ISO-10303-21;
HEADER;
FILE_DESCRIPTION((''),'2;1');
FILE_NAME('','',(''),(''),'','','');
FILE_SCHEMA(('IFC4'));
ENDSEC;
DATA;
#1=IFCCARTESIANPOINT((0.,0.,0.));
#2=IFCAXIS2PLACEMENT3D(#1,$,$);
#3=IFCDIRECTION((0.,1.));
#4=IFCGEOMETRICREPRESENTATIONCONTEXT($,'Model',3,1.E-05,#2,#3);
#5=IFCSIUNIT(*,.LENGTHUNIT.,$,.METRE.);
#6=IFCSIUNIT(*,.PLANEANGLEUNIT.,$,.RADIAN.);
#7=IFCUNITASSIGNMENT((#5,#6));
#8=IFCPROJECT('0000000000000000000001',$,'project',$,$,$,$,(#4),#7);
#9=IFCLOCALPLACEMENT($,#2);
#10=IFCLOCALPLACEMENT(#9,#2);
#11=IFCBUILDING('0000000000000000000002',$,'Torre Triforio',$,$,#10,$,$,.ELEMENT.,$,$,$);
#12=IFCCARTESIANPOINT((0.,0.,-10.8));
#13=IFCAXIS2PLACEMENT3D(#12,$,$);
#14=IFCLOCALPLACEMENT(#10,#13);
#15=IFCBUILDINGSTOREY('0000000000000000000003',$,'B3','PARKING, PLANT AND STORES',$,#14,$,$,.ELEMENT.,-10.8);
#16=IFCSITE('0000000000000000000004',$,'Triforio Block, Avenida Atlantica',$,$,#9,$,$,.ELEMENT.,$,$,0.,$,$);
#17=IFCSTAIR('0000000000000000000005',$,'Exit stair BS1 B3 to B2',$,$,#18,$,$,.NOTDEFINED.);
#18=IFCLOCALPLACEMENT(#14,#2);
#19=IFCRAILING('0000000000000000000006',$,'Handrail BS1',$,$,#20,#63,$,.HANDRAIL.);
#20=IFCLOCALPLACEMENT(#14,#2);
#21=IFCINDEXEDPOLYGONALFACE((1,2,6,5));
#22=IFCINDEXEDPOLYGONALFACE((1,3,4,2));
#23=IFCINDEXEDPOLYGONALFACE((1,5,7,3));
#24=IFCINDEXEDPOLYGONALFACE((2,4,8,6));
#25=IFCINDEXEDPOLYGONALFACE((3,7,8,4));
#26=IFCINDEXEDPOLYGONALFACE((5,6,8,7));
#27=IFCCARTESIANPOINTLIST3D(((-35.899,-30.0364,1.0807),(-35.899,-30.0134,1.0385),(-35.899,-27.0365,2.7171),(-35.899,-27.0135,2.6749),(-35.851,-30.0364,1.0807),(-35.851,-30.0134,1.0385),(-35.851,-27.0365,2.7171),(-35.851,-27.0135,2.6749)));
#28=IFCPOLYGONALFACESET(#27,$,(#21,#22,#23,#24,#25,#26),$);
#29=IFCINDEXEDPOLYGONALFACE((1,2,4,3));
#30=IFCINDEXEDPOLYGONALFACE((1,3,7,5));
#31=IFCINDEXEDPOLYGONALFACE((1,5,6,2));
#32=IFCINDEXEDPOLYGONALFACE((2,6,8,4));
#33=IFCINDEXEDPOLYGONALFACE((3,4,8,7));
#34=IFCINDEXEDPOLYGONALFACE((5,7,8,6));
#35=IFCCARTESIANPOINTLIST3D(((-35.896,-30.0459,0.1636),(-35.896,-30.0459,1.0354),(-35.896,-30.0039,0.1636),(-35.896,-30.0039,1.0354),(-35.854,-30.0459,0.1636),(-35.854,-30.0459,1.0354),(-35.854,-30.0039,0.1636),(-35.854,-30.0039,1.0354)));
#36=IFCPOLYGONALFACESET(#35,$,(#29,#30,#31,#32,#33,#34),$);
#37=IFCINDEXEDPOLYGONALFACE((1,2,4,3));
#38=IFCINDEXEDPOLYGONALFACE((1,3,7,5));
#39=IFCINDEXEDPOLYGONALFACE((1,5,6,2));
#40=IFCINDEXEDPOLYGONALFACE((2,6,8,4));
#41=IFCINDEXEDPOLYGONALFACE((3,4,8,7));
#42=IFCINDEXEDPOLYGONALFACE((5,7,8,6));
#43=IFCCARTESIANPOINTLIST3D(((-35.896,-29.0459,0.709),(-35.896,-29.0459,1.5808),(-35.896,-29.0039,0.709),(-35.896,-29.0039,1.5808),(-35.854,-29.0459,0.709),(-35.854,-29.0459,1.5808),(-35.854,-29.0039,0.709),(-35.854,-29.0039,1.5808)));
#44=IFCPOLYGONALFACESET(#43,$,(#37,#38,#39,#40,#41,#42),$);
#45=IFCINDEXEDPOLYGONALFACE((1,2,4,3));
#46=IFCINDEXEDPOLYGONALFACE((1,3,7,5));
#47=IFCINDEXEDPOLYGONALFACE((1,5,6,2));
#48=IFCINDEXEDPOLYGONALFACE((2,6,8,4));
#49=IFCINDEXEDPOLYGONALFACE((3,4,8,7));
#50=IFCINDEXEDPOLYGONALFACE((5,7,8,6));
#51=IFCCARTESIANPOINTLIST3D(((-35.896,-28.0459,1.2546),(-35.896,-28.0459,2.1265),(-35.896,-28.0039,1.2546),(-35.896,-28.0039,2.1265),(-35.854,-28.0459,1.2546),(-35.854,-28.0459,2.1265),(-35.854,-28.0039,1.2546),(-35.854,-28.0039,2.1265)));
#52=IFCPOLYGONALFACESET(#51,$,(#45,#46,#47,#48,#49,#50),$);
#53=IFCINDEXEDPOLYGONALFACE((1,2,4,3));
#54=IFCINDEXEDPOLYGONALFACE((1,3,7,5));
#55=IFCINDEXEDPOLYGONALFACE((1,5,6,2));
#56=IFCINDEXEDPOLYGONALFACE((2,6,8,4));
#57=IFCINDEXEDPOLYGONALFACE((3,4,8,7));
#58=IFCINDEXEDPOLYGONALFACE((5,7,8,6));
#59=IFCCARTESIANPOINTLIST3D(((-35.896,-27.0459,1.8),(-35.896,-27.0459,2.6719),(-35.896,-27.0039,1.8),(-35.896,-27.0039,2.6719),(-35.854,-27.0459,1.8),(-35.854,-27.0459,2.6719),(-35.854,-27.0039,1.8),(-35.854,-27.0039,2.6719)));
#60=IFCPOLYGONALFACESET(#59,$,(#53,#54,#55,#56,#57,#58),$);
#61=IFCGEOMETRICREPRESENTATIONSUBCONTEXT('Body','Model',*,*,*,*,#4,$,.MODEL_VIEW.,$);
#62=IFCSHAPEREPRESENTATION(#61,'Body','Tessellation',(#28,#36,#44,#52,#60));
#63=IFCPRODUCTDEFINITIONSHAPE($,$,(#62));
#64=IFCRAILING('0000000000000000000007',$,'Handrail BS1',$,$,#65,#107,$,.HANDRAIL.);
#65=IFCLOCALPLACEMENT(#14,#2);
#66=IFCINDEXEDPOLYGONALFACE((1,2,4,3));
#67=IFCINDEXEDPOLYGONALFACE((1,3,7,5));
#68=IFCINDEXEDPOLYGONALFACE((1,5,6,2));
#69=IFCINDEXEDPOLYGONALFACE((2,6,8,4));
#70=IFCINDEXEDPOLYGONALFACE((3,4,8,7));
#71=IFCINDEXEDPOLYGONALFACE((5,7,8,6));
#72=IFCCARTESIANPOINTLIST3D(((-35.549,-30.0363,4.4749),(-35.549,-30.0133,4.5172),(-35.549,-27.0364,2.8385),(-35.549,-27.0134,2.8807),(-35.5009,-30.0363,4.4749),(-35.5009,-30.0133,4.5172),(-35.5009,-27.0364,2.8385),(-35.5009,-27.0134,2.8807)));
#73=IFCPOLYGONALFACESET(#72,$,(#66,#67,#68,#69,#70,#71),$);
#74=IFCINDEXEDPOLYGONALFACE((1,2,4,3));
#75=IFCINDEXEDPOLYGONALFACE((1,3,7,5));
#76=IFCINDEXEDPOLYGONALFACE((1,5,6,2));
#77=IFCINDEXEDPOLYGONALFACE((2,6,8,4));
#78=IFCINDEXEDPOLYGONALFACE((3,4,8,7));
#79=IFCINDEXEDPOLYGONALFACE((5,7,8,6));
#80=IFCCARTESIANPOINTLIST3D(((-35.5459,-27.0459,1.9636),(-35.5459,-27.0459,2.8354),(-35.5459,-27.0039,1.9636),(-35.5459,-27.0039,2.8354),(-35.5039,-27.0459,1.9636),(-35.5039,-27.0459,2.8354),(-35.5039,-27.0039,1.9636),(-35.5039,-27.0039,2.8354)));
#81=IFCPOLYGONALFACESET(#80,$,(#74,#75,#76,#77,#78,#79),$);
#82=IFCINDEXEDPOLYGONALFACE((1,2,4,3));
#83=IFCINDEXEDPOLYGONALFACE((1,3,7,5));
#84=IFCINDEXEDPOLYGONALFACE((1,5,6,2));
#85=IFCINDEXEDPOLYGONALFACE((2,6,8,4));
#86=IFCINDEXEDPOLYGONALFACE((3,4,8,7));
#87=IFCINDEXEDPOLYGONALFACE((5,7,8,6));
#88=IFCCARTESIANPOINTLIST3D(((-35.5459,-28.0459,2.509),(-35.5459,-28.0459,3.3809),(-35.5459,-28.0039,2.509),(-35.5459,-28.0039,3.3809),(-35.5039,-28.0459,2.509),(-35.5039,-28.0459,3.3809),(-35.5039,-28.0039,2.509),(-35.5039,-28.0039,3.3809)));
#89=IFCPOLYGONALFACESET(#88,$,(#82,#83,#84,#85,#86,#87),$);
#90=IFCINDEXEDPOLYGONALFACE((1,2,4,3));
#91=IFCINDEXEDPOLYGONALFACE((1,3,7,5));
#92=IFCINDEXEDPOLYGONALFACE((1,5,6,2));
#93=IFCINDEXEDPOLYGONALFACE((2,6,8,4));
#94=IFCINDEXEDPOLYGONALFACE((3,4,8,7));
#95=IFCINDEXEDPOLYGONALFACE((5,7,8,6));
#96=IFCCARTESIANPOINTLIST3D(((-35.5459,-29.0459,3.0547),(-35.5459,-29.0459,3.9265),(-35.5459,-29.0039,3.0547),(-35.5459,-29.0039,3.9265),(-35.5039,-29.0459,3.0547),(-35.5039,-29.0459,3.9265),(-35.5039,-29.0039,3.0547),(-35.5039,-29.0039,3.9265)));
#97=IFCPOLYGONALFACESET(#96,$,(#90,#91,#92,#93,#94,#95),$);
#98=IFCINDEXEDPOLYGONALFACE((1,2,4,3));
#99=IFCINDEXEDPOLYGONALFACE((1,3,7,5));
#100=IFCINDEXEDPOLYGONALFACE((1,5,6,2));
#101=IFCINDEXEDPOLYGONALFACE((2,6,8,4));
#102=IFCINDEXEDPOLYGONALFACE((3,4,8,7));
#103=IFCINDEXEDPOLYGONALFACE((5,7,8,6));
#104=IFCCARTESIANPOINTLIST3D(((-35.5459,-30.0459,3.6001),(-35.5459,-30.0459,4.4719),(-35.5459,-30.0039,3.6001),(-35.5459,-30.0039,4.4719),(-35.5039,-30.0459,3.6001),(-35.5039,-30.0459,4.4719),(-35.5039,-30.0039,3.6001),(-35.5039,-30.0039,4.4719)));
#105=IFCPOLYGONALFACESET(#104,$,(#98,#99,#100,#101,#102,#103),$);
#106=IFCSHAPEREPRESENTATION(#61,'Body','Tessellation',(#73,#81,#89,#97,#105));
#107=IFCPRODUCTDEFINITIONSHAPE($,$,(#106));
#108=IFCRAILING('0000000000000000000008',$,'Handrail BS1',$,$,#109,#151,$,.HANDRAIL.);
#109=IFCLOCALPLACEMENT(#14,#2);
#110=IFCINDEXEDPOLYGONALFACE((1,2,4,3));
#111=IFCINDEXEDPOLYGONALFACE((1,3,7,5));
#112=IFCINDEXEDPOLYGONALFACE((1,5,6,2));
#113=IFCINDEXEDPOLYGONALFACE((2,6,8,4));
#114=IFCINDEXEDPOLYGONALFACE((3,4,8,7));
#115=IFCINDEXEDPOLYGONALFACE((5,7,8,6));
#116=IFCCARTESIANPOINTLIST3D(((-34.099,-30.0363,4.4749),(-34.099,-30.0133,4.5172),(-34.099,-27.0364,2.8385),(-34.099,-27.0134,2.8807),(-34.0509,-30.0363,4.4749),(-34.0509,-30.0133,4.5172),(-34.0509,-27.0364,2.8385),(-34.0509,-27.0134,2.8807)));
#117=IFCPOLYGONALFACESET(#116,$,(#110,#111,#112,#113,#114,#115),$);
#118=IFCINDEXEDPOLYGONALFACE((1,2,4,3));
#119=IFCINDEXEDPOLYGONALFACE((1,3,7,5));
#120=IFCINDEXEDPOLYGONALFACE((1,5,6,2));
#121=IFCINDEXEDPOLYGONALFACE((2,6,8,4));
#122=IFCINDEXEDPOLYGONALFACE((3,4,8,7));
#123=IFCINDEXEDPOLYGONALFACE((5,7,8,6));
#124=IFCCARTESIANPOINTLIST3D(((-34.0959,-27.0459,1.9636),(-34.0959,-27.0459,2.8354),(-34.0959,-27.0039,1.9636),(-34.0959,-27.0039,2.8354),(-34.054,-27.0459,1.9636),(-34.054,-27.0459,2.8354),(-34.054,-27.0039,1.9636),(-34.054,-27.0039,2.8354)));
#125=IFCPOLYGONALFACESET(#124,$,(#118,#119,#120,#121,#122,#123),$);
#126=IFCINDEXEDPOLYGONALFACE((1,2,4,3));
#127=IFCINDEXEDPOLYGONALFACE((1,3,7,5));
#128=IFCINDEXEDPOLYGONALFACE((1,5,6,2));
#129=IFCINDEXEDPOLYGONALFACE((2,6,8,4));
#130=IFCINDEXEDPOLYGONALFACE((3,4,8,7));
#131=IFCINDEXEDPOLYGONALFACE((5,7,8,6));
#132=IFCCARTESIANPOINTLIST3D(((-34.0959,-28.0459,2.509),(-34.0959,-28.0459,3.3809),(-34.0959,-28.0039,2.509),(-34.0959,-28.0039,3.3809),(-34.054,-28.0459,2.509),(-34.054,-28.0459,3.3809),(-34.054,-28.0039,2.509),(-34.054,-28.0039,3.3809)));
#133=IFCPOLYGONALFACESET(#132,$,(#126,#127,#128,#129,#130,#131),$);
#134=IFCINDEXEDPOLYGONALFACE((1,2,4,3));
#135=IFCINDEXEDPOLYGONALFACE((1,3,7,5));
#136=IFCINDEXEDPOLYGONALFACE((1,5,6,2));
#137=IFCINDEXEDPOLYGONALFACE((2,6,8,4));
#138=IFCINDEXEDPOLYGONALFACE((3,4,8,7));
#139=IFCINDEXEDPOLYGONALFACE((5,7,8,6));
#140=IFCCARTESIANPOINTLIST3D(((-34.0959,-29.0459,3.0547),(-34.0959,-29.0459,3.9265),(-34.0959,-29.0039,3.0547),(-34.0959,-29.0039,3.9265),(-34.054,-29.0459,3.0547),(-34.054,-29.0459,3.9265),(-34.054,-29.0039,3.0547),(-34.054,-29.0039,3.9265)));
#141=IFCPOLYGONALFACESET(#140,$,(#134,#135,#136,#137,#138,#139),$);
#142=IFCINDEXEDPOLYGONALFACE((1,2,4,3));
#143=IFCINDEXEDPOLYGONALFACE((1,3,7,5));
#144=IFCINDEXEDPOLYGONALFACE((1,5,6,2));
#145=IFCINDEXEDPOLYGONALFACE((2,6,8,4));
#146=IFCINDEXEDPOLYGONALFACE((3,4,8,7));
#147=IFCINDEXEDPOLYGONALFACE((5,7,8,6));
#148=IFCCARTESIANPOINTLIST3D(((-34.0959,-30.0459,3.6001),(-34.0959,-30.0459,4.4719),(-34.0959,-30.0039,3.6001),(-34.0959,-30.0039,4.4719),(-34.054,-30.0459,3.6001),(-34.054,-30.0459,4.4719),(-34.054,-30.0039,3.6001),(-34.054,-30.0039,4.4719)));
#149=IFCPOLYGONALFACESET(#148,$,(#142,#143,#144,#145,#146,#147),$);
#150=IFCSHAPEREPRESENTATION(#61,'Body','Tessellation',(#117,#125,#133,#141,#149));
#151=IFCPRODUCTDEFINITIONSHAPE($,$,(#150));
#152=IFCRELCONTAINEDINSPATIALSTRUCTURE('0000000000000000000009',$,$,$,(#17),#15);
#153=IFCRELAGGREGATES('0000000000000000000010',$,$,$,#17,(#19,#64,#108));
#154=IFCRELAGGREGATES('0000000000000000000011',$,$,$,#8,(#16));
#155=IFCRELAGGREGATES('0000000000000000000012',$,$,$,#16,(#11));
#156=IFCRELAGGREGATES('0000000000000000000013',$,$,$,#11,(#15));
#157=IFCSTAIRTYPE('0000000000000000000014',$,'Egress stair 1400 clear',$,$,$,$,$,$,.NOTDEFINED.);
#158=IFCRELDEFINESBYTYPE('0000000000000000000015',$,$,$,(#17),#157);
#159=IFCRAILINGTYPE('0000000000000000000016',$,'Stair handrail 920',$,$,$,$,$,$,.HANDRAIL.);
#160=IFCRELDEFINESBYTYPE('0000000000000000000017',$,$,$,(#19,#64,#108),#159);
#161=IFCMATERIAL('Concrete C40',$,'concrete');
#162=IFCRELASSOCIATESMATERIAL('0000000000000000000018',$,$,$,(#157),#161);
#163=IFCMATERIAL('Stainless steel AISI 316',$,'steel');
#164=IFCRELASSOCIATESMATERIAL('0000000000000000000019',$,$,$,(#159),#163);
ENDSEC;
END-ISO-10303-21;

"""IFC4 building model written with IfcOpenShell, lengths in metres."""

from ifc_helpers import new_model, si_unit, direction, frame, origin, origin_2d, place, context, subcontext, project, spatial, rectangle, extrude, material, type_object, element, aggregate, save


model = new_model("IFC4")

# Units and contexts
model_context = context("Model", 3, precision=1e-05, world=origin(), true_north=direction((0.0, 1.0)))
body_context = subcontext(model_context, "Body", "Model", "MODEL_VIEW")
ifc_project = project(units=[si_unit("LENGTHUNIT", "METRE"), si_unit("PLANEANGLEUNIT", "RADIAN")], contexts=[model_context])

# Site, building, storey
site_placement = place(None, origin())
site = spatial("IfcSite", under=ifc_project, at=site_placement, Name="Triforio Block, Avenida Atlantica", CompositionType="ELEMENT", RefElevation=0.0)
building_placement = place(site_placement, origin())
building = spatial("IfcBuilding", under=site, at=building_placement, Name="Torre Triforio", CompositionType="ELEMENT")
storey_placement = place(building_placement, frame((0.0, 0.0, -10.8)))
storey = spatial("IfcBuildingStorey", under=building, at=storey_placement, Name="B3", Description="PARKING, PLANT AND STORES", CompositionType="ELEMENT", Elevation=-10.8)

# Shared definitions
ifc_material_1 = material(Name="Concrete C40", Category="concrete")

# Stair, railings
stair_type = type_object("IfcStairType", Name="Egress stair 1400 clear", PredefinedType="NOTDEFINED", material=ifc_material_1)
stair_placement = place(storey_placement, origin())
stair = element("IfcStair", 1, at=stair_placement, inside=storey, type_object=stair_type, Name="Exit stair BS1 B3 to B2", PredefinedType="NOTDEFINED")
ifc_material_2 = material(Name="Stainless steel AISI 316", Category="steel")
railing_type = type_object("IfcRailingType", Name="Stair handrail 920", PredefinedType="HANDRAIL", material=ifc_material_2)
railing_1_placement = place(storey_placement, frame((-35.875, -30.0249, 0.1636)))
railing_1 = element("IfcRailing", 2, at=railing_1_placement, type_object=railing_type, Name="Handrail BS1", PredefinedType="HANDRAIL", context=body_context, shape_type="SweptSolid", body=[
    extrude(rectangle(XDim=0.0481, YDim=0.0481, at=origin_2d()), frame((0.0, 0.0, 0.896), z_axis=(0.0, 0.877882, 0.478877), x_axis=(-1.0, 0.0, 0.0)), (0.0, 0.0, 1.0), 3.4172),
    extrude(rectangle(XDim=0.042, YDim=0.042, at=origin_2d()), origin(), (0.0, 0.0, 1.0), 0.8718),
    extrude(rectangle(XDim=0.042, YDim=0.042, at=origin_2d()), frame((0.0, 1.0, 0.5454)), (0.0, 0.0, 1.0), 0.8718),
    extrude(rectangle(XDim=0.042, YDim=0.042, at=origin_2d()), frame((0.0, 2.0, 1.0911)), (0.0, 0.0, 1.0), 0.8718),
    extrude(rectangle(XDim=0.042, YDim=0.042, at=origin_2d()), frame((0.0, 3.0, 1.6365)), (0.0, 0.0, 1.0), 0.8718),
])
railing_2_placement = place(storey_placement, frame((-35.5249, -27.0249, 1.9636)))
railing_2 = element("IfcRailing", 3, at=railing_2_placement, type_object=railing_type, Name="Handrail BS1", PredefinedType="HANDRAIL", context=body_context, shape_type="SweptSolid", body=[
    extrude(rectangle(XDim=0.0481, YDim=0.0481, at=origin_2d()), frame((0.0, 0.0, 0.896), z_axis=(0.0, -0.877882, 0.478877), x_axis=(1.0, 0.0, 0.0)), (0.0, 0.0, 1.0), 3.4172),
    extrude(rectangle(XDim=0.042, YDim=0.042, at=origin_2d()), origin(), (0.0, 0.0, 1.0), 0.8718),
    extrude(rectangle(XDim=0.042, YDim=0.042, at=origin_2d()), frame((0.0, -1.0, 0.5454)), (0.0, 0.0, 1.0), 0.8718),
    extrude(rectangle(XDim=0.042, YDim=0.042, at=origin_2d()), frame((0.0, -2.0, 1.0911)), (0.0, 0.0, 1.0), 0.8718),
    extrude(rectangle(XDim=0.042, YDim=0.042, at=origin_2d()), frame((0.0, -3.0, 1.6365)), (0.0, 0.0, 1.0), 0.8718),
])
railing_3_placement = place(storey_placement, frame((-34.075, -27.0249, 1.9636)))
railing_3 = element("IfcRailing", 4, at=railing_3_placement, type_object=railing_type, Name="Handrail BS1", PredefinedType="HANDRAIL", context=body_context, shape_type="SweptSolid", body=[
    extrude(rectangle(XDim=0.0481, YDim=0.0481, at=origin_2d()), frame((0.0, 0.0, 0.896), z_axis=(0.0, -0.877882, 0.478877), x_axis=(1.0, 0.0, 0.0)), (0.0, 0.0, 1.0), 3.4172),
    extrude(rectangle(XDim=0.042, YDim=0.042, at=origin_2d()), origin(), (0.0, 0.0, 1.0), 0.8718),
    extrude(rectangle(XDim=0.042, YDim=0.042, at=origin_2d()), frame((0.0, -1.0, 0.5454)), (0.0, 0.0, 1.0), 0.8718),
    extrude(rectangle(XDim=0.042, YDim=0.042, at=origin_2d()), frame((0.0, -2.0, 1.0911)), (0.0, 0.0, 1.0), 0.8718),
    extrude(rectangle(XDim=0.042, YDim=0.042, at=origin_2d()), frame((0.0, -3.0, 1.6365)), (0.0, 0.0, 1.0), 0.8718),
])
aggregate(stair, [railing_1, railing_2, railing_3])

save(model, "model.ifc")
